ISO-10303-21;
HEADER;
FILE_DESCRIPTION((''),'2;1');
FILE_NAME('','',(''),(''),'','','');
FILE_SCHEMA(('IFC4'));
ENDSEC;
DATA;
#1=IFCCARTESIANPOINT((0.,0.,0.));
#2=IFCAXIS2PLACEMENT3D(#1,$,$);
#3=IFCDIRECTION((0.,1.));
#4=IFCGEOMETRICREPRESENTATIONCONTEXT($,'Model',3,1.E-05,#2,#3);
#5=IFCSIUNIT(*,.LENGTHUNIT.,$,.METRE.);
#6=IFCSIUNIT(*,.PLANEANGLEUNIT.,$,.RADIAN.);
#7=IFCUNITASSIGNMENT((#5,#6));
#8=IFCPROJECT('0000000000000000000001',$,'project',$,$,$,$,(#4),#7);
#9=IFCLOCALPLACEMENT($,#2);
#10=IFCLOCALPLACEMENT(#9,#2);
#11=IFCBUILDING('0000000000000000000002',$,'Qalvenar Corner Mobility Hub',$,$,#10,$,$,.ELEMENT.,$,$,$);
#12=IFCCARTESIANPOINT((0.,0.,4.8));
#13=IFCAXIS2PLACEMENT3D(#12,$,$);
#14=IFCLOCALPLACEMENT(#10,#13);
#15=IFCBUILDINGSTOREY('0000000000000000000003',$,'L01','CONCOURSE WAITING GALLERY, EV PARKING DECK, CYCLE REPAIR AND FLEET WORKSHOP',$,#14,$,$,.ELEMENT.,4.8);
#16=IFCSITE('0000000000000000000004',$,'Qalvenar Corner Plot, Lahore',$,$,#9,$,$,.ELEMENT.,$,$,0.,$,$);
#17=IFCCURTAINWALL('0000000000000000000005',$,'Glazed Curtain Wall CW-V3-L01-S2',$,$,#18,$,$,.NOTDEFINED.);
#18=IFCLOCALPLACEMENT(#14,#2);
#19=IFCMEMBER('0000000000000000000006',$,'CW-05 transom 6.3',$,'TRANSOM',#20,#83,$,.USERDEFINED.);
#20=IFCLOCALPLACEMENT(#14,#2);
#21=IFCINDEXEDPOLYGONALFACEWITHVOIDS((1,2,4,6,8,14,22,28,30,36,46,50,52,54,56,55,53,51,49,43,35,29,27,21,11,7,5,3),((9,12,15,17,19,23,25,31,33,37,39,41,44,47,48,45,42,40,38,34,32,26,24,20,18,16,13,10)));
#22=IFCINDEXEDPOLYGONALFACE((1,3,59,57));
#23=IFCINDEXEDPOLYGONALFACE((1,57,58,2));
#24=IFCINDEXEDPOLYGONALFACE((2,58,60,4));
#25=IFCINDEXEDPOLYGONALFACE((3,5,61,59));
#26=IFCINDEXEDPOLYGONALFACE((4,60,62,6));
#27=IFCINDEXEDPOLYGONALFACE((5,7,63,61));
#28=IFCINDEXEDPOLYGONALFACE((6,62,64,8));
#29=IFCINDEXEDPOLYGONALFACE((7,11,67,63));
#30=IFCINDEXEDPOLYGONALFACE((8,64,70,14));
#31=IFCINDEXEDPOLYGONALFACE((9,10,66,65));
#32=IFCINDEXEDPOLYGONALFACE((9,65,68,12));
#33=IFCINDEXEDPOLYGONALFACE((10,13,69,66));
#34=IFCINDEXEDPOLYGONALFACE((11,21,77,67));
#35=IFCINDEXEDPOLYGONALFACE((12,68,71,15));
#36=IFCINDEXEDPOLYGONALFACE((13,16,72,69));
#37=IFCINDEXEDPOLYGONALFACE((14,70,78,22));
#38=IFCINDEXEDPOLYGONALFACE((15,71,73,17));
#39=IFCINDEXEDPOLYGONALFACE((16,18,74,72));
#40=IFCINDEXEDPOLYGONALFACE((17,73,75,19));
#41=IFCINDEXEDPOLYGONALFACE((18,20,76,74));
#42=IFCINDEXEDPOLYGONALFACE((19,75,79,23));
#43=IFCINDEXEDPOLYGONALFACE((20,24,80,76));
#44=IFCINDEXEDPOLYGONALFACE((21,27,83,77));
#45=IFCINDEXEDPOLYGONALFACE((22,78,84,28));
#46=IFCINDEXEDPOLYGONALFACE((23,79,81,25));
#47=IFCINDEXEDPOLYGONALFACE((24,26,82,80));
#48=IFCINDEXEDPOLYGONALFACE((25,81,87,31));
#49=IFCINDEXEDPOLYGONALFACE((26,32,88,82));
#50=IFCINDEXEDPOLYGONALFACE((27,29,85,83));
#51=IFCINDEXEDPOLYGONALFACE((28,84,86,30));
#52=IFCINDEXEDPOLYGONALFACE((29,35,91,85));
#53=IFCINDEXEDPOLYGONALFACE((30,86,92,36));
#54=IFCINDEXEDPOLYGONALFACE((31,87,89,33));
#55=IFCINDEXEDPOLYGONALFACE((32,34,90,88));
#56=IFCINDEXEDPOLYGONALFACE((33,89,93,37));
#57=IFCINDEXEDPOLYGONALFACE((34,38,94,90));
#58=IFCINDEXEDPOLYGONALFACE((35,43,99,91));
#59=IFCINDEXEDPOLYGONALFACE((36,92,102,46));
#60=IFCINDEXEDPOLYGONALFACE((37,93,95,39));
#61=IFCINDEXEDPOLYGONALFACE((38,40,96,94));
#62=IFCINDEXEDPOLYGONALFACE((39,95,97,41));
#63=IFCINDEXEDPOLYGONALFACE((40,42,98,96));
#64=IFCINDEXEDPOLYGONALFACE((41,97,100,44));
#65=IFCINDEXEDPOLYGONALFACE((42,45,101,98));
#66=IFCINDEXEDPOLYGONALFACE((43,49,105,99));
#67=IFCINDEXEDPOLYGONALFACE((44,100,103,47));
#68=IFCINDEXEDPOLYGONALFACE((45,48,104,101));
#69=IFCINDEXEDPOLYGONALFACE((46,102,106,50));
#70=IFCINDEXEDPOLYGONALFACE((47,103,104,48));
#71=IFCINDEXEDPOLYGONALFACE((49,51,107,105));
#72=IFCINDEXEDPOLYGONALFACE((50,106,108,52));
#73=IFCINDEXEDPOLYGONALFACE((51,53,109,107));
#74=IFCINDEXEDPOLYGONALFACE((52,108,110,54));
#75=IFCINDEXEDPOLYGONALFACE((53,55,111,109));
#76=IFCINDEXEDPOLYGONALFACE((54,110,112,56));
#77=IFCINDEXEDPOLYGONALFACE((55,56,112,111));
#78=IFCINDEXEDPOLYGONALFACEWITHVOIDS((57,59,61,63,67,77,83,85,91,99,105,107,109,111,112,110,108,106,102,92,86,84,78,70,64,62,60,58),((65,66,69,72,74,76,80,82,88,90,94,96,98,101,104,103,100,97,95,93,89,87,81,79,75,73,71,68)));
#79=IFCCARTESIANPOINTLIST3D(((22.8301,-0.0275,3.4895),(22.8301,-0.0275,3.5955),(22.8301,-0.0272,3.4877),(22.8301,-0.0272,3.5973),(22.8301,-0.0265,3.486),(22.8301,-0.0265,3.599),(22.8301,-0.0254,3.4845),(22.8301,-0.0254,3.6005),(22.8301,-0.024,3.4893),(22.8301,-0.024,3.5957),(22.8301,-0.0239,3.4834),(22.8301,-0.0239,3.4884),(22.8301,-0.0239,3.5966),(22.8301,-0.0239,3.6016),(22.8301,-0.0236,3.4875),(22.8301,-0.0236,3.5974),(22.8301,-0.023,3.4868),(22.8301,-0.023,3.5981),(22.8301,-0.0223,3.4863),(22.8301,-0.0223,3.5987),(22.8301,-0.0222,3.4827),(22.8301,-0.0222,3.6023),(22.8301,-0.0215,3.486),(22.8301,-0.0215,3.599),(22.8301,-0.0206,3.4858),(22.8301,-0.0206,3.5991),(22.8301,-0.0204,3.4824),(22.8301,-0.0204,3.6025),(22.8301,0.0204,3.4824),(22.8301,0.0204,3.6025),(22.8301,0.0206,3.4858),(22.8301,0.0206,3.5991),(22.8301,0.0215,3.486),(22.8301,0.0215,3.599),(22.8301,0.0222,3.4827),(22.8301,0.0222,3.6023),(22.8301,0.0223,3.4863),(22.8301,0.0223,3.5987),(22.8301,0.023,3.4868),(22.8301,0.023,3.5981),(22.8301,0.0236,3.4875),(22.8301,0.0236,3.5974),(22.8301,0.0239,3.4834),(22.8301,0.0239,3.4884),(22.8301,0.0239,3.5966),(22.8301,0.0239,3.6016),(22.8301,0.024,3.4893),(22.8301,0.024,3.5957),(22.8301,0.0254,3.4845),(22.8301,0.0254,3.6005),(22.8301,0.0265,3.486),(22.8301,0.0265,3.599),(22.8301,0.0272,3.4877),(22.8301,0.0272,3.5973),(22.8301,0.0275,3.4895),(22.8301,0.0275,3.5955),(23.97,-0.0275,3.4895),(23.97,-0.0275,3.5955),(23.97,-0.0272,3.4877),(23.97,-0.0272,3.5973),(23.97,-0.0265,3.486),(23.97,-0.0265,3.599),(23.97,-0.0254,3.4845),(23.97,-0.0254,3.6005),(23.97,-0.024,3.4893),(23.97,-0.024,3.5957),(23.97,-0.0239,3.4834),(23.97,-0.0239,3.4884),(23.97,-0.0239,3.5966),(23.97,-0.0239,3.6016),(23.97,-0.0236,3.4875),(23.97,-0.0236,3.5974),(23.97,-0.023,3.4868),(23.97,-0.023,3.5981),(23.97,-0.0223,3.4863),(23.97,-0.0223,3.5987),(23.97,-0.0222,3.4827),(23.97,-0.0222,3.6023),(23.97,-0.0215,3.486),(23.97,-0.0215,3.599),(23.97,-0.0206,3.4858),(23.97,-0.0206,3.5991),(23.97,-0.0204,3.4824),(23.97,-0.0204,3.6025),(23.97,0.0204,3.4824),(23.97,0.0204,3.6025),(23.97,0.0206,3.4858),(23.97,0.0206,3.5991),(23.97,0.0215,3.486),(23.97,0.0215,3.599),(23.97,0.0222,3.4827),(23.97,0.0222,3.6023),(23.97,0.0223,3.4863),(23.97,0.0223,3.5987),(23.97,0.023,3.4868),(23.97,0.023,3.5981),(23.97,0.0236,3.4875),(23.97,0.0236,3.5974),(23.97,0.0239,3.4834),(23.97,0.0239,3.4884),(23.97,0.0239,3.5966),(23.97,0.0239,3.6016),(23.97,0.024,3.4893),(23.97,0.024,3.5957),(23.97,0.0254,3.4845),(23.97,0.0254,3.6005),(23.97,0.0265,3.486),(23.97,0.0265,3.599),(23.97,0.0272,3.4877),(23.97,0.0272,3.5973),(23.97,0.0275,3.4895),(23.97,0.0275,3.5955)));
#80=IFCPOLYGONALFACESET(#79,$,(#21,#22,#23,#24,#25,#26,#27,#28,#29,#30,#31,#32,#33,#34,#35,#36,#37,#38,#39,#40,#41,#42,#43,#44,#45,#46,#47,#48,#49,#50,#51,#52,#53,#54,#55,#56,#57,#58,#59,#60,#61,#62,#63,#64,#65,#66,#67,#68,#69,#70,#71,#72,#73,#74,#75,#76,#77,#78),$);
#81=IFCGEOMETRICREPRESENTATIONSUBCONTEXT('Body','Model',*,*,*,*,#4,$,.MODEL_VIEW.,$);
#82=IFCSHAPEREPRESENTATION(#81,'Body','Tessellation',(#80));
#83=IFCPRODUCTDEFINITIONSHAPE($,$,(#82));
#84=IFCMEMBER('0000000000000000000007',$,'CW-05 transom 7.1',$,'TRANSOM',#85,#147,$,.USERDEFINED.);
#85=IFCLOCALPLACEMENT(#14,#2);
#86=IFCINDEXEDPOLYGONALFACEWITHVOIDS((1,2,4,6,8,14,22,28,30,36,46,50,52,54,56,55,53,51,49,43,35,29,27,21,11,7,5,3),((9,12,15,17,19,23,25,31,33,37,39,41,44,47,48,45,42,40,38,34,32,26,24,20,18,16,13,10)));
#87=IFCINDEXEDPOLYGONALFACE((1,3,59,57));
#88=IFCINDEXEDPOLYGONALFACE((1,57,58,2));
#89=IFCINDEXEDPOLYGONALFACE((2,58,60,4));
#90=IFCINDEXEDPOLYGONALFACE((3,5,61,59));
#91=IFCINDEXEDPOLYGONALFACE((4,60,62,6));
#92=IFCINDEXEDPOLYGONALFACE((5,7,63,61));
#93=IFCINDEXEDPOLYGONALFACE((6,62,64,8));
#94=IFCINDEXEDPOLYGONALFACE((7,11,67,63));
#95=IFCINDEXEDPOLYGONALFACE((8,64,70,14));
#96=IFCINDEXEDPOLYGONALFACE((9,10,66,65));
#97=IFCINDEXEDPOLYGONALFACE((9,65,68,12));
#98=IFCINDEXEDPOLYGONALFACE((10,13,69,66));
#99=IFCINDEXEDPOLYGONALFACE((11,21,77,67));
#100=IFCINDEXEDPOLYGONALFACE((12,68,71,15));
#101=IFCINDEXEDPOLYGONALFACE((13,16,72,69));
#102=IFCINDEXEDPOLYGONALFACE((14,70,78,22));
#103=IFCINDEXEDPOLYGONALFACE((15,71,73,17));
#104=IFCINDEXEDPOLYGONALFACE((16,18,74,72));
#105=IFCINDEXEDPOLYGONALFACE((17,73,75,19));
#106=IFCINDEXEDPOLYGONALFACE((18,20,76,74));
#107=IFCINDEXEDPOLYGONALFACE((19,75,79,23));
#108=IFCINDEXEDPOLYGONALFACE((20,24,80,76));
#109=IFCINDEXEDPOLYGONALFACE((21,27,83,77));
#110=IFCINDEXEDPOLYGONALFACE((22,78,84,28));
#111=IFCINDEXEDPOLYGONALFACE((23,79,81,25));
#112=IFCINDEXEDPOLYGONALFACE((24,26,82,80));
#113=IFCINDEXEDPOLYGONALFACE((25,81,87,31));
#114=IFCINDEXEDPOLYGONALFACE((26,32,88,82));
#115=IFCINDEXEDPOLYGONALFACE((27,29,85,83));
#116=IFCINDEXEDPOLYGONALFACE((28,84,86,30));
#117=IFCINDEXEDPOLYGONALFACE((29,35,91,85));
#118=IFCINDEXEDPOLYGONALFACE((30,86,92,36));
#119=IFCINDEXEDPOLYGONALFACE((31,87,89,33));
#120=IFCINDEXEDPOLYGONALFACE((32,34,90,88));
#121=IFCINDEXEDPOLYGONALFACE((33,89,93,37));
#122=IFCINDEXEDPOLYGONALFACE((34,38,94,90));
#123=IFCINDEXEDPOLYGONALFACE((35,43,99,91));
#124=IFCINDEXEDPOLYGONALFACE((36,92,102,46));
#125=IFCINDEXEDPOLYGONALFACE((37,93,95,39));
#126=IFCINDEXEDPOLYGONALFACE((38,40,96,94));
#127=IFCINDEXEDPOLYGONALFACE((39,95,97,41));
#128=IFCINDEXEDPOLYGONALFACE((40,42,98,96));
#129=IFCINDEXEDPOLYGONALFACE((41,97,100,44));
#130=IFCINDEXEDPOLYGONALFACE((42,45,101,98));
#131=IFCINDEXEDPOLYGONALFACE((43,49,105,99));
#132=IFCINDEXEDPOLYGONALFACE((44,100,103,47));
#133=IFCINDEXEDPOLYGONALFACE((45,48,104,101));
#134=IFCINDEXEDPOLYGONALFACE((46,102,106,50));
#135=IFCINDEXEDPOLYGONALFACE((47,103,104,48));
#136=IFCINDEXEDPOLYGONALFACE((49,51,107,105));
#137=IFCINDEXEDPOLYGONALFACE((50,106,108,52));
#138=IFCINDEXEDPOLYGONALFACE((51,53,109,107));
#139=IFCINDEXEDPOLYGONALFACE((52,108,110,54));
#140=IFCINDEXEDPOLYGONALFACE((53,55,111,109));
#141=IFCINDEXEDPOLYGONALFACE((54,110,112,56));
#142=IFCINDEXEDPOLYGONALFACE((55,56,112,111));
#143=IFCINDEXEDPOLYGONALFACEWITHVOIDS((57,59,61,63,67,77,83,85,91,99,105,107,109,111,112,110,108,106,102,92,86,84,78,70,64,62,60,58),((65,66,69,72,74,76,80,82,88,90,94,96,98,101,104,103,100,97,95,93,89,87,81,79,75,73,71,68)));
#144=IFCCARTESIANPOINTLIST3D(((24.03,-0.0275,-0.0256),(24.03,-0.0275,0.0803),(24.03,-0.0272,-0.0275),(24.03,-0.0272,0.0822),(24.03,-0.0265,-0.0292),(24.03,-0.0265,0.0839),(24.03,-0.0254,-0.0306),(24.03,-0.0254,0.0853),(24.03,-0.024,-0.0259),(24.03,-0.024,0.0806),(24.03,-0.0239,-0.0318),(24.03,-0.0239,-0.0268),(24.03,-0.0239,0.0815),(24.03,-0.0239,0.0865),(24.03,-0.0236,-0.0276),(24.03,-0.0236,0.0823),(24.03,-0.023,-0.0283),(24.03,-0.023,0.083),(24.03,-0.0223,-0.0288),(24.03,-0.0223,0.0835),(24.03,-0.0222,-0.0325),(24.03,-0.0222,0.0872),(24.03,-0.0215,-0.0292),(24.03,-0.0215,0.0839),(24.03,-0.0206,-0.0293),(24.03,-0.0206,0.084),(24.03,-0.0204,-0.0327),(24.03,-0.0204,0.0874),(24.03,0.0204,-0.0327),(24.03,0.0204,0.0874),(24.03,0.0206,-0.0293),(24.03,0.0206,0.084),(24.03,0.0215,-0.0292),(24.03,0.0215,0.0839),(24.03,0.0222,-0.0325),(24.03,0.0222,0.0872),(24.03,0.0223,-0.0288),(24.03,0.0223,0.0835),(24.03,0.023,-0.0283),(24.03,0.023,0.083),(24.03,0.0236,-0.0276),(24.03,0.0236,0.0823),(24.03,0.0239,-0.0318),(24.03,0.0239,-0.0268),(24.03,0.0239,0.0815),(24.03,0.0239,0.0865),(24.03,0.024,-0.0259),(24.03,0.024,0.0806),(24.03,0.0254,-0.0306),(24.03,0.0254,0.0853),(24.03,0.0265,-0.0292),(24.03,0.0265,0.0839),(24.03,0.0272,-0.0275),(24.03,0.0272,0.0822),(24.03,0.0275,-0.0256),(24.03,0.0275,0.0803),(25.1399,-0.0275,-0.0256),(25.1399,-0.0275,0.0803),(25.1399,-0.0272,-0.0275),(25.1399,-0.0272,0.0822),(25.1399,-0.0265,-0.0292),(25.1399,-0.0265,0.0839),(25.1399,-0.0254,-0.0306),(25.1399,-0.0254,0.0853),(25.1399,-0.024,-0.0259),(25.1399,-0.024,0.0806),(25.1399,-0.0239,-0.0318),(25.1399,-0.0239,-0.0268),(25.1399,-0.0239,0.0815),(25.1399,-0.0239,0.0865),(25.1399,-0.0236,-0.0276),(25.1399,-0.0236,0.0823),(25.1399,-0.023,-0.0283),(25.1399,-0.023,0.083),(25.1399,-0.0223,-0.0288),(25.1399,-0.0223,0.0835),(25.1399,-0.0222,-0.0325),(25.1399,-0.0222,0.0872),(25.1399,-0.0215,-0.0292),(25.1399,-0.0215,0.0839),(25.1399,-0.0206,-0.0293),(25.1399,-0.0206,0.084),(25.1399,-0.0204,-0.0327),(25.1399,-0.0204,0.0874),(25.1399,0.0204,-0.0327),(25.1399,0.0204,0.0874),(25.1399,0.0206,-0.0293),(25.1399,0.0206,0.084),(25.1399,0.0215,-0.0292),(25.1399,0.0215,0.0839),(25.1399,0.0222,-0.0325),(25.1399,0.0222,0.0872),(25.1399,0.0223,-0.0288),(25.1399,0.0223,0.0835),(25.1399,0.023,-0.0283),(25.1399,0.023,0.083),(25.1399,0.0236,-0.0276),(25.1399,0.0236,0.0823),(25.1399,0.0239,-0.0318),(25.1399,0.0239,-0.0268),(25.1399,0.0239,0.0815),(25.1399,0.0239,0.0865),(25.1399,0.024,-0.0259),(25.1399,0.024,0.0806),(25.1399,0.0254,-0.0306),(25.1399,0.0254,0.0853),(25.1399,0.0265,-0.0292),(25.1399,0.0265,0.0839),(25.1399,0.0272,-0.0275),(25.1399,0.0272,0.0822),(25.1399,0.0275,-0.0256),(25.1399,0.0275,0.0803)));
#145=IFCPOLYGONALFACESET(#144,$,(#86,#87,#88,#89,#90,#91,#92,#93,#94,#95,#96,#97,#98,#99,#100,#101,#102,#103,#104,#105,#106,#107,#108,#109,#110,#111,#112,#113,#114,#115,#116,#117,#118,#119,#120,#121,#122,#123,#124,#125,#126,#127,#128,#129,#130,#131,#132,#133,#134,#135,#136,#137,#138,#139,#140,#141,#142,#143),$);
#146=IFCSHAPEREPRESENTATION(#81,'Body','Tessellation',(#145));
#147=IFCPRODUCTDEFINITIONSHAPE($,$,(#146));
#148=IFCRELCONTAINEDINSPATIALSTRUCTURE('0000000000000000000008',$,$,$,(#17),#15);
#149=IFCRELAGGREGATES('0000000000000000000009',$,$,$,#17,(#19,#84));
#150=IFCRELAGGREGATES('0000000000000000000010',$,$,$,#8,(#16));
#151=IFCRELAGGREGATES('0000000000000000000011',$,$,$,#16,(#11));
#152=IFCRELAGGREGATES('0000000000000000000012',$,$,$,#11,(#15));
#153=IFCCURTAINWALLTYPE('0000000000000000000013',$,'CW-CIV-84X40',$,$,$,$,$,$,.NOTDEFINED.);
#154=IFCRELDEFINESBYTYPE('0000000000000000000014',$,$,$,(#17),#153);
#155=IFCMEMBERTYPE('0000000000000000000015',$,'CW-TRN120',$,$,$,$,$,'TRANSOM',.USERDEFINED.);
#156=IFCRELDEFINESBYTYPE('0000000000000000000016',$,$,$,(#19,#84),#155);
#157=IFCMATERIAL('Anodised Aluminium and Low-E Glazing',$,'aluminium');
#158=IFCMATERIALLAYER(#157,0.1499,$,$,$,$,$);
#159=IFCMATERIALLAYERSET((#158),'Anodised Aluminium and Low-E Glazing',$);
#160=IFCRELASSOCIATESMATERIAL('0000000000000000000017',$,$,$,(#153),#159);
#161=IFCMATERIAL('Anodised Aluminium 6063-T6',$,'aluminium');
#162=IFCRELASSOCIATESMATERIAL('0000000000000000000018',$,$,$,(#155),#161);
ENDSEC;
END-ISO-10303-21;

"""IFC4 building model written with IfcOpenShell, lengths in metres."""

from ifc_helpers import new_model, si_unit, direction, frame, origin, origin_2d, place, context, subcontext, project, spatial, hollow_rectangle, extrude, material, layer, layer_set, material_profile, profile_set, type_object, element, aggregate, save


model = new_model("IFC4")

# Units and contexts
model_context = context("Model", 3, precision=1e-05, world=origin(), true_north=direction((0.0, 1.0)))
body_context = subcontext(model_context, "Body", "Model", "MODEL_VIEW")
ifc_project = project(units=[si_unit("LENGTHUNIT", "METRE"), si_unit("PLANEANGLEUNIT", "RADIAN")], contexts=[model_context])

# Site, building, storey
site_placement = place(None, origin())
site = spatial("IfcSite", under=ifc_project, at=site_placement, Name="Qalvenar Corner Plot, Lahore", CompositionType="ELEMENT", RefElevation=0.0)
building_placement = place(site_placement, origin())
building = spatial("IfcBuilding", under=site, at=building_placement, Name="Qalvenar Corner Mobility Hub", CompositionType="ELEMENT")
storey_placement = place(building_placement, frame((0.0, 0.0, 4.8)))
storey = spatial("IfcBuildingStorey", under=building, at=storey_placement, Name="L01", Description="CONCOURSE WAITING GALLERY, EV PARKING DECK, CYCLE REPAIR AND FLEET WORKSHOP", CompositionType="ELEMENT", Elevation=4.8)

# Curtain wall, members
ifc_material_1 = material(Name="Anodised Aluminium and Low-E Glazing", Category="aluminium")
ifc_layer_1 = layer(ifc_material_1, 0.1499)
ifc_layer_set_1 = layer_set([ifc_layer_1], Name="Anodised Aluminium and Low-E Glazing")
curtain_wall_type = type_object("IfcCurtainWallType", Name="CW-CIV-84X40", PredefinedType="NOTDEFINED", material=ifc_layer_set_1)
curtain_wall_placement = place(storey_placement, origin())
curtain_wall = element("IfcCurtainWall", 1, at=curtain_wall_placement, inside=storey, type_object=curtain_wall_type, Name="Glazed Curtain Wall CW-V3-L01-S2", PredefinedType="NOTDEFINED")
ifc_material_2 = material(Name="Anodised Aluminium 6063-T6", Category="aluminium")
ifc_material_profile_1 = material_profile(ifc_material_2, hollow_rectangle(XDim=0.0549, YDim=0.1201, WallThickness=0.0034, InnerFilletRadius=0.0034, OuterFilletRadius=0.0071, at=origin_2d()), Name="RHS120x55x3.5")
ifc_profile_set_1 = profile_set([ifc_material_profile_1], Name="Anodised Aluminium 6063-T6")
member_type_1 = type_object("IfcMemberType", Name="CW-TRN120", ElementType="TRANSOM", PredefinedType="USERDEFINED", material=ifc_profile_set_1)
member_1_placement = place(storey_placement, frame((22.8301, 0.0, 3.5425), z_axis=(1.0, 0.0, 0.0), x_axis=(0.0, 1.0, 0.0)))
member_1 = element("IfcMember", 2, at=member_1_placement, type_object=member_type_1, Name="CW-05 transom 6.3", ObjectType="TRANSOM", PredefinedType="USERDEFINED", context=body_context, shape_type="SweptSolid", body=[
    extrude(hollow_rectangle(XDim=0.0549, YDim=0.1201, WallThickness=0.0034, InnerFilletRadius=0.0034, OuterFilletRadius=0.0071, at=origin_2d()), origin(), (0.0, 0.0, 1.0), 1.1399),
])
member_2_placement = place(storey_placement, frame((24.03, 0.0, 0.0273), z_axis=(1.0, 0.0, 0.0), x_axis=(0.0, 1.0, 0.0)))
member_2 = element("IfcMember", 3, at=member_2_placement, type_object=member_type_1, Name="CW-05 transom 7.1", ObjectType="TRANSOM", PredefinedType="USERDEFINED", context=body_context, shape_type="SweptSolid", body=[
    extrude(hollow_rectangle(XDim=0.0549, YDim=0.1201, WallThickness=0.0034, InnerFilletRadius=0.0034, OuterFilletRadius=0.0071, at=origin_2d()), origin(), (0.0, 0.0, 1.0), 1.1099),
])
aggregate(curtain_wall, [member_1, member_2])

save(model, "model.ifc")
